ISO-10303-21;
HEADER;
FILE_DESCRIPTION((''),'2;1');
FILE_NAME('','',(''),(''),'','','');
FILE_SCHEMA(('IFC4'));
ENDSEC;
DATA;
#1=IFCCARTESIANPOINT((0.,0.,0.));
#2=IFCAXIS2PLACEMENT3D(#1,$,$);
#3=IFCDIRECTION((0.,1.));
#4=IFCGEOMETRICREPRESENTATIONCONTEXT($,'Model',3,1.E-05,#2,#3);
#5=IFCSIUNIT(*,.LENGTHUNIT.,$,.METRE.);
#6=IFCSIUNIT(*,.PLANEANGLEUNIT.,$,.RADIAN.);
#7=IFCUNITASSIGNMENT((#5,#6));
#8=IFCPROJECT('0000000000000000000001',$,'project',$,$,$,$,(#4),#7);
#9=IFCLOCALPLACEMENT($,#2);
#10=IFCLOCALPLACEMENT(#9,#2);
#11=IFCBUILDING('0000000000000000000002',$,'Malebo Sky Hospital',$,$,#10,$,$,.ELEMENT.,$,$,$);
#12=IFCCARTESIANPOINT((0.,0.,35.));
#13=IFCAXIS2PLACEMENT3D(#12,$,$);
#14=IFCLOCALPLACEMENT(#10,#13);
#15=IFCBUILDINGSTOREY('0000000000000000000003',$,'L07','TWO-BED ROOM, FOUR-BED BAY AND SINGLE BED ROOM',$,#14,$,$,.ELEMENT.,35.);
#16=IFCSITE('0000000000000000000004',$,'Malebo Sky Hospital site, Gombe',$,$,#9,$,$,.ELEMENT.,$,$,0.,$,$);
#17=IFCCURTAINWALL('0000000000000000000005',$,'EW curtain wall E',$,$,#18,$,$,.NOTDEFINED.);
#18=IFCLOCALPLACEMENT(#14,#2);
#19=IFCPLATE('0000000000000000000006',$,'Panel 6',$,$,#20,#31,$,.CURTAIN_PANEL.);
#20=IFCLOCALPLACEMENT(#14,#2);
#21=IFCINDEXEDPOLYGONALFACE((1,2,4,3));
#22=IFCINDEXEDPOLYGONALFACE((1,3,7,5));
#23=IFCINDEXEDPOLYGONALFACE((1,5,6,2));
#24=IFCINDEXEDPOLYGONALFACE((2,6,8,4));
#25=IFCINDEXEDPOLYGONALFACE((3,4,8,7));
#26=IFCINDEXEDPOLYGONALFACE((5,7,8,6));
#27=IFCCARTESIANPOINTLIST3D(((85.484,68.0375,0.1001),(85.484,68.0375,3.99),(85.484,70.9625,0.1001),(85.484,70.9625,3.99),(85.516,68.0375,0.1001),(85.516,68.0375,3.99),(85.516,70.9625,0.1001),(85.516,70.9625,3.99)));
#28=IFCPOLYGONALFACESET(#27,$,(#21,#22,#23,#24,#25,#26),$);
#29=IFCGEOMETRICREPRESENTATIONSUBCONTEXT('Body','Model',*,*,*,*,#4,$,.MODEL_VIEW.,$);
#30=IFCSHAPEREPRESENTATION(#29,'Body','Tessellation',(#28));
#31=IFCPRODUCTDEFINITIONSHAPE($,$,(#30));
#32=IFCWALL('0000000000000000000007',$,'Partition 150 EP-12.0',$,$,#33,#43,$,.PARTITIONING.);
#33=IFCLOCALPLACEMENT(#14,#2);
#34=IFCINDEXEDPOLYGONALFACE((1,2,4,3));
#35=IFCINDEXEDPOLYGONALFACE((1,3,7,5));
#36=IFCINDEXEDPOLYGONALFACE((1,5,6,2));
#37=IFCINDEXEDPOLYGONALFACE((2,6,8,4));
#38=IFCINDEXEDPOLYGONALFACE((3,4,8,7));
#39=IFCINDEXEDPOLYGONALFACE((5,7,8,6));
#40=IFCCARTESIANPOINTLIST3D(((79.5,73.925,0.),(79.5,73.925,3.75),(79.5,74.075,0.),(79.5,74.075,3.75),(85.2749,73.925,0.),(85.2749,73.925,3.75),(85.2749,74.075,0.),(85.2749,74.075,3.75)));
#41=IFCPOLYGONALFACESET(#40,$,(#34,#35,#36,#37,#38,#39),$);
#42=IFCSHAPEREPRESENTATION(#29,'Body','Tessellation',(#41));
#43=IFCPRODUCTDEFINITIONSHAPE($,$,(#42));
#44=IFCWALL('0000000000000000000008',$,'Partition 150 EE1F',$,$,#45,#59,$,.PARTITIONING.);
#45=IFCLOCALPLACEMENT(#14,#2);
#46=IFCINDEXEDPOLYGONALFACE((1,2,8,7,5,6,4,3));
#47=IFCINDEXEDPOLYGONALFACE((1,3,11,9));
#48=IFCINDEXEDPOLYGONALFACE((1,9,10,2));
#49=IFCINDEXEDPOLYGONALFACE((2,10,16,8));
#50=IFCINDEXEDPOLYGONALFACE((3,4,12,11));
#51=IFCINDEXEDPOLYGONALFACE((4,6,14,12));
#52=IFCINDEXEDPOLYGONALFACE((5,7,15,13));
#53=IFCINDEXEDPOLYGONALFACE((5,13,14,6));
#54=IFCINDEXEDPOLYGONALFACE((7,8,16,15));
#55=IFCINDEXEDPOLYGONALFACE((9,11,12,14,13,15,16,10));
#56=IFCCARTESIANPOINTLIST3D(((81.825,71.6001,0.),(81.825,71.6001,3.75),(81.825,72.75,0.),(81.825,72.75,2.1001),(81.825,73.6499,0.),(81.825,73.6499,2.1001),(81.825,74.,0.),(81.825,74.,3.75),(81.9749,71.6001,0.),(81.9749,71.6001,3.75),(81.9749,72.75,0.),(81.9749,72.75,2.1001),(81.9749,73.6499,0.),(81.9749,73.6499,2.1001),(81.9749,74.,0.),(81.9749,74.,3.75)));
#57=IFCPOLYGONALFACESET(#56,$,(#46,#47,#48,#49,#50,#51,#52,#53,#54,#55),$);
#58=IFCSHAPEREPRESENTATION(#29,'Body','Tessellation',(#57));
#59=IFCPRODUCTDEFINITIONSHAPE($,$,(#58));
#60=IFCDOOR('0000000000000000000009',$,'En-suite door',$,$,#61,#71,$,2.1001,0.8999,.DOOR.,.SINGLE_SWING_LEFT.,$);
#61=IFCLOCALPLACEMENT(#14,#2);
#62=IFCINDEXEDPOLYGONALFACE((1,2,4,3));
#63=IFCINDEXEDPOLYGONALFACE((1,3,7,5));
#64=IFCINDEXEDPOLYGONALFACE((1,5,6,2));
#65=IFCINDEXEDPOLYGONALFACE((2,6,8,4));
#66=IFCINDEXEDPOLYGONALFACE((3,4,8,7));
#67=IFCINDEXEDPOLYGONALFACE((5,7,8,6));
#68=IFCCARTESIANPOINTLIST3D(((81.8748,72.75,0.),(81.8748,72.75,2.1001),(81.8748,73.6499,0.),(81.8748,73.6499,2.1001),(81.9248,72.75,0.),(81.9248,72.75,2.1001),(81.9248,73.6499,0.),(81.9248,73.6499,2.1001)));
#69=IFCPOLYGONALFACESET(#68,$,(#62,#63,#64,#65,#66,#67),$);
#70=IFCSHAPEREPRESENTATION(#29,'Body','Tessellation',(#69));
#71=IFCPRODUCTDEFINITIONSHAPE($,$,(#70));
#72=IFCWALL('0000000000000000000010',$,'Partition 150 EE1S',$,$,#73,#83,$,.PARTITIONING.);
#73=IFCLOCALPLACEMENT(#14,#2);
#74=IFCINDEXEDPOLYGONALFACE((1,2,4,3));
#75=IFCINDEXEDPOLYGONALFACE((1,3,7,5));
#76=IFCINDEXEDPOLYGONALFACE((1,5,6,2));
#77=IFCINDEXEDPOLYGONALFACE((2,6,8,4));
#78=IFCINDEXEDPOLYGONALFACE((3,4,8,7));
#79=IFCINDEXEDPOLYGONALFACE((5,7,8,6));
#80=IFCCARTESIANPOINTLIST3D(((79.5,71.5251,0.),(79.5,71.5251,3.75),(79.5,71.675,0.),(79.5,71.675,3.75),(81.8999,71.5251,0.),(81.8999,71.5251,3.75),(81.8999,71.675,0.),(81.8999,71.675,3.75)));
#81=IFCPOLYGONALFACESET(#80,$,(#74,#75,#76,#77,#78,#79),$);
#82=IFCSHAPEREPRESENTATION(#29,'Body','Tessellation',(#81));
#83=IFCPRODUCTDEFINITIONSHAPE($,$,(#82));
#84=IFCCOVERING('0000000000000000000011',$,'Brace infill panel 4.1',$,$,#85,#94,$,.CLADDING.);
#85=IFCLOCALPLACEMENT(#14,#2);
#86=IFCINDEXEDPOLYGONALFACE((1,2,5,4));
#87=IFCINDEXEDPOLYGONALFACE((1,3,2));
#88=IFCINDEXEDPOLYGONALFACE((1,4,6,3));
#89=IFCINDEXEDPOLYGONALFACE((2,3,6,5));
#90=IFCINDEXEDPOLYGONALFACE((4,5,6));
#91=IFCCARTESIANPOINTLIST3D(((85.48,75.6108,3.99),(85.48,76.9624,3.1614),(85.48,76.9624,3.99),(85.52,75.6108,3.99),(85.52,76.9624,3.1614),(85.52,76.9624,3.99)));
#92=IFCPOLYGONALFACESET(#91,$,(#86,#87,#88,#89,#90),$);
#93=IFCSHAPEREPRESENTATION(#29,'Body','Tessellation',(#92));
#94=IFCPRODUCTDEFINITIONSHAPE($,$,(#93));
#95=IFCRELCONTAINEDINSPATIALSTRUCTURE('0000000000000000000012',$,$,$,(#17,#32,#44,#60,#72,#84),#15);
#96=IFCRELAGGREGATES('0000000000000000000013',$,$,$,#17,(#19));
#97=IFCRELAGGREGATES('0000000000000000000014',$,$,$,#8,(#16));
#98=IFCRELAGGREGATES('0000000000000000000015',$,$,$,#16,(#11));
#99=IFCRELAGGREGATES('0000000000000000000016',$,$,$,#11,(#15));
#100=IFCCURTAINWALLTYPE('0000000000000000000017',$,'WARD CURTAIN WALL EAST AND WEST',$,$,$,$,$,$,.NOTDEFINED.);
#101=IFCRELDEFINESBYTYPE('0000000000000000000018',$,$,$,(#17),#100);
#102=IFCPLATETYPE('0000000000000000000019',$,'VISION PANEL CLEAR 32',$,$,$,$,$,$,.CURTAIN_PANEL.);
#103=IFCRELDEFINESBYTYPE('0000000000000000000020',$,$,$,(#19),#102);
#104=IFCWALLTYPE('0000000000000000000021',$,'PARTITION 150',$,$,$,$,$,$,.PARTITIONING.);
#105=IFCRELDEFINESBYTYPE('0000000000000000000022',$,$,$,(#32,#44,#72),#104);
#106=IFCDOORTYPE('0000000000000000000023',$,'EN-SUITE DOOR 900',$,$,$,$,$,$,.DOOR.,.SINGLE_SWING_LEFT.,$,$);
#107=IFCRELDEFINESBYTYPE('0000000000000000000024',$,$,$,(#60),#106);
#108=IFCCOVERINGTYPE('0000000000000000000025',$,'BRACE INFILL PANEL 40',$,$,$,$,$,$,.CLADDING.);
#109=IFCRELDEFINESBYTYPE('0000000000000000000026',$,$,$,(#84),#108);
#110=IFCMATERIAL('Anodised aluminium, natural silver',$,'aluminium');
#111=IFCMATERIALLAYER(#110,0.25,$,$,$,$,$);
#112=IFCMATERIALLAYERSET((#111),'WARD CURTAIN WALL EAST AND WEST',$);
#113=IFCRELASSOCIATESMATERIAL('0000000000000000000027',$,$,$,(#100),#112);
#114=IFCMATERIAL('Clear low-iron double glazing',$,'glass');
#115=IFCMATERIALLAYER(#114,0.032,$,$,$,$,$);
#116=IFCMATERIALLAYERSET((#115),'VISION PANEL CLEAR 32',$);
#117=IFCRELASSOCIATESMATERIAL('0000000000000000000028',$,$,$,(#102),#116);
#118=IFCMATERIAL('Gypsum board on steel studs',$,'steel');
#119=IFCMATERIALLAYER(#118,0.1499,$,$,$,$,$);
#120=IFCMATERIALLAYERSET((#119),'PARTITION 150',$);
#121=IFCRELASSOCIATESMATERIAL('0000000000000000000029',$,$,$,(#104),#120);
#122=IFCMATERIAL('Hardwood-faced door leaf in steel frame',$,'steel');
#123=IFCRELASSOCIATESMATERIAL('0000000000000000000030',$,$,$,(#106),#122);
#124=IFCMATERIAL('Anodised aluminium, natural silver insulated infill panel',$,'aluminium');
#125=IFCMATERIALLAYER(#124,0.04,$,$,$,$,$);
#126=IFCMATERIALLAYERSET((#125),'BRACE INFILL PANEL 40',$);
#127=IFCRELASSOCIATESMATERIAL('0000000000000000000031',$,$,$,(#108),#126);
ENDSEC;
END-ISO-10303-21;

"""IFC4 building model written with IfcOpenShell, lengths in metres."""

from ifc_helpers import new_model, si_unit, direction, frame, frame_2d, origin, origin_2d, place, context, subcontext, project, spatial, polyline, rectangle, outline, extrude, material, layer, layer_set, type_object, element, fill, aggregate, save


model = new_model("IFC4")

# Units and contexts
model_context = context("Model", 3, precision=1e-05, world=origin(), true_north=direction((0.0, 1.0)))
body_context = subcontext(model_context, "Body", "Model", "MODEL_VIEW")
ifc_project = project(units=[si_unit("LENGTHUNIT", "METRE"), si_unit("PLANEANGLEUNIT", "RADIAN")], contexts=[model_context])

# Site, building, storey
site_placement = place(None, origin())
site = spatial("IfcSite", under=ifc_project, at=site_placement, Name="Malebo Sky Hospital site, Gombe", CompositionType="ELEMENT", RefElevation=0.0)
building_placement = place(site_placement, origin())
building = spatial("IfcBuilding", under=site, at=building_placement, Name="Malebo Sky Hospital", CompositionType="ELEMENT")
storey_placement = place(building_placement, frame((0.0, 0.0, 35.0)))
storey = spatial("IfcBuildingStorey", under=building, at=storey_placement, Name="L07", Description="TWO-BED ROOM, FOUR-BED BAY AND SINGLE BED ROOM", CompositionType="ELEMENT", Elevation=35.0)

# Curtain wall
ifc_material_1 = material(Name="Anodised aluminium, natural silver", Category="aluminium")
ifc_layer_1 = layer(ifc_material_1, 0.25)
ifc_layer_set_1 = layer_set([ifc_layer_1], Name="WARD CURTAIN WALL EAST AND WEST")
curtain_wall_type = type_object("IfcCurtainWallType", Name="WARD CURTAIN WALL EAST AND WEST", PredefinedType="NOTDEFINED", material=ifc_layer_set_1)
curtain_wall_placement = place(storey_placement, origin())
curtain_wall = element("IfcCurtainWall", 1, at=curtain_wall_placement, inside=storey, type_object=curtain_wall_type, Name="EW curtain wall E", PredefinedType="NOTDEFINED")

# Plate
ifc_material_2 = material(Name="Clear low-iron double glazing", Category="glass")
ifc_layer_2 = layer(ifc_material_2, 0.032)
ifc_layer_set_2 = layer_set([ifc_layer_2], Name="VISION PANEL CLEAR 32")
plate_type = type_object("IfcPlateType", Name="VISION PANEL CLEAR 32", PredefinedType="CURTAIN_PANEL", material=ifc_layer_set_2)
plate_1_placement = place(storey_placement, frame((85.5, 69.5, 0.1001), z_axis=(0.0, 0.0, 1.0), x_axis=(0.0, -1.0, 0.0)))
plate_1 = element("IfcPlate", 2, at=plate_1_placement, type_object=plate_type, Name="Panel 6", PredefinedType="CURTAIN_PANEL", context=body_context, shape_type="SweptSolid", body=[
    extrude(rectangle(XDim=2.925, YDim=0.032, at=origin_2d()), origin(), (0.0, 0.0, 1.0), 3.8899),
])
aggregate(curtain_wall, [plate_1])

# Wall
ifc_material_3 = material(Name="Gypsum board on steel studs", Category="steel")
ifc_layer_3 = layer(ifc_material_3, 0.1499)
ifc_layer_set_3 = layer_set([ifc_layer_3], Name="PARTITION 150")
wall_type = type_object("IfcWallType", Name="PARTITION 150", PredefinedType="PARTITIONING", material=ifc_layer_set_3)
wall_1_placement = place(storey_placement, frame((79.5, 74.0, 0.0), z_axis=(0.0, 0.0, 1.0), x_axis=(1.0, 0.0, 0.0)))
element("IfcWall", 3, at=wall_1_placement, inside=storey, type_object=wall_type, Name="Partition 150 EP-12.0", PredefinedType="PARTITIONING", context=body_context, shape_type="SweptSolid", body=[
    extrude(rectangle(XDim=5.7749, YDim=0.1499, at=frame_2d((2.8875, 0.0))), origin(), (0.0, 0.0, 1.0), 3.75),
])

# Wall, opening, door
wall_2_placement = place(storey_placement, frame((81.8999, 74.0, 0.0), z_axis=(0.0, 0.0, 1.0), x_axis=(0.0, -1.0, 0.0)))
wall_2 = element("IfcWall", 4, at=wall_2_placement, inside=storey, type_object=wall_type, Name="Partition 150 EE1F", PredefinedType="PARTITIONING", context=body_context, shape_type="SweptSolid", body=[
    extrude(rectangle(XDim=2.3999, YDim=0.1499, at=frame_2d((1.2, 0.0))), origin(), (0.0, 0.0, 1.0), 3.75),
])
opening_placement = place(wall_2_placement, frame((0.3501, 0.0, 0.0)))
opening = element("IfcOpeningElement", 5, at=opening_placement, cuts=wall_2, PredefinedType="OPENING", context=body_context, shape_type="SweptSolid", body=[
    extrude(rectangle(XDim=0.8999, YDim=2.1001, at=frame_2d((0.45, 1.05))), frame((0.0, 0.085, 0.0), z_axis=(0.0, -1.0, 0.0), x_axis=(1.0, 0.0, 0.0)), (0.0, 0.0, 1.0), 0.1699),
])
ifc_material_4 = material(Name="Hardwood-faced door leaf in steel frame", Category="steel")
door_type = type_object("IfcDoorType", Name="EN-SUITE DOOR 900", OperationType="SINGLE_SWING_LEFT", PredefinedType="DOOR", material=ifc_material_4)
door_placement = place(opening_placement, origin())
door = element("IfcDoor", 6, at=door_placement, inside=storey, type_object=door_type, Name="En-suite door", OperationType="SINGLE_SWING_LEFT", OverallHeight=2.1001, OverallWidth=0.8999, PredefinedType="DOOR", context=body_context, shape_type="SweptSolid", body=[
    extrude(rectangle(XDim=0.8999, YDim=2.1001, at=frame_2d((0.45, 1.05))), frame((0.0, 0.0249, 0.0), z_axis=(0.0, -1.0, 0.0), x_axis=(1.0, 0.0, 0.0)), (0.0, 0.0, 1.0), 0.05),
])
fill(opening, door)

# Wall
wall_3_placement = place(storey_placement, frame((79.5, 71.6001, 0.0), z_axis=(0.0, 0.0, 1.0), x_axis=(1.0, 0.0, 0.0)))
element("IfcWall", 7, at=wall_3_placement, inside=storey, type_object=wall_type, Name="Partition 150 EE1S", PredefinedType="PARTITIONING", context=body_context, shape_type="SweptSolid", body=[
    extrude(rectangle(XDim=2.3999, YDim=0.1499, at=frame_2d((1.2, 0.0))), origin(), (0.0, 0.0, 1.0), 3.75),
])

# Covering
ifc_material_5 = material(Name="Anodised aluminium, natural silver insulated infill panel", Category="aluminium")
ifc_layer_4 = layer(ifc_material_5, 0.04)
ifc_layer_set_4 = layer_set([ifc_layer_4], Name="BRACE INFILL PANEL 40")
covering_type = type_object("IfcCoveringType", Name="BRACE INFILL PANEL 40", PredefinedType="CLADDING", material=ifc_layer_set_4)
covering_placement = place(storey_placement, frame((85.5, 76.2866, 3.1614), z_axis=(0.0, 0.0, 1.0), x_axis=(0.0, -1.0, 0.0)))
element("IfcCovering", 8, at=covering_placement, inside=storey, type_object=covering_type, Name="Brace infill panel 4.1", PredefinedType="CLADDING", context=body_context, shape_type="SweptSolid", body=[
    extrude(outline(polyline([(-0.6758, 0.0), (0.6758, 0.8286), (-0.6758, 0.8286), (-0.6758, 0.0)])), frame((0.0, 0.02, 0.0), z_axis=(0.0, -1.0, 0.0), x_axis=(1.0, 0.0, 0.0)), (0.0, 0.0, 1.0), 0.04),
])

save(model, "model.ifc")
